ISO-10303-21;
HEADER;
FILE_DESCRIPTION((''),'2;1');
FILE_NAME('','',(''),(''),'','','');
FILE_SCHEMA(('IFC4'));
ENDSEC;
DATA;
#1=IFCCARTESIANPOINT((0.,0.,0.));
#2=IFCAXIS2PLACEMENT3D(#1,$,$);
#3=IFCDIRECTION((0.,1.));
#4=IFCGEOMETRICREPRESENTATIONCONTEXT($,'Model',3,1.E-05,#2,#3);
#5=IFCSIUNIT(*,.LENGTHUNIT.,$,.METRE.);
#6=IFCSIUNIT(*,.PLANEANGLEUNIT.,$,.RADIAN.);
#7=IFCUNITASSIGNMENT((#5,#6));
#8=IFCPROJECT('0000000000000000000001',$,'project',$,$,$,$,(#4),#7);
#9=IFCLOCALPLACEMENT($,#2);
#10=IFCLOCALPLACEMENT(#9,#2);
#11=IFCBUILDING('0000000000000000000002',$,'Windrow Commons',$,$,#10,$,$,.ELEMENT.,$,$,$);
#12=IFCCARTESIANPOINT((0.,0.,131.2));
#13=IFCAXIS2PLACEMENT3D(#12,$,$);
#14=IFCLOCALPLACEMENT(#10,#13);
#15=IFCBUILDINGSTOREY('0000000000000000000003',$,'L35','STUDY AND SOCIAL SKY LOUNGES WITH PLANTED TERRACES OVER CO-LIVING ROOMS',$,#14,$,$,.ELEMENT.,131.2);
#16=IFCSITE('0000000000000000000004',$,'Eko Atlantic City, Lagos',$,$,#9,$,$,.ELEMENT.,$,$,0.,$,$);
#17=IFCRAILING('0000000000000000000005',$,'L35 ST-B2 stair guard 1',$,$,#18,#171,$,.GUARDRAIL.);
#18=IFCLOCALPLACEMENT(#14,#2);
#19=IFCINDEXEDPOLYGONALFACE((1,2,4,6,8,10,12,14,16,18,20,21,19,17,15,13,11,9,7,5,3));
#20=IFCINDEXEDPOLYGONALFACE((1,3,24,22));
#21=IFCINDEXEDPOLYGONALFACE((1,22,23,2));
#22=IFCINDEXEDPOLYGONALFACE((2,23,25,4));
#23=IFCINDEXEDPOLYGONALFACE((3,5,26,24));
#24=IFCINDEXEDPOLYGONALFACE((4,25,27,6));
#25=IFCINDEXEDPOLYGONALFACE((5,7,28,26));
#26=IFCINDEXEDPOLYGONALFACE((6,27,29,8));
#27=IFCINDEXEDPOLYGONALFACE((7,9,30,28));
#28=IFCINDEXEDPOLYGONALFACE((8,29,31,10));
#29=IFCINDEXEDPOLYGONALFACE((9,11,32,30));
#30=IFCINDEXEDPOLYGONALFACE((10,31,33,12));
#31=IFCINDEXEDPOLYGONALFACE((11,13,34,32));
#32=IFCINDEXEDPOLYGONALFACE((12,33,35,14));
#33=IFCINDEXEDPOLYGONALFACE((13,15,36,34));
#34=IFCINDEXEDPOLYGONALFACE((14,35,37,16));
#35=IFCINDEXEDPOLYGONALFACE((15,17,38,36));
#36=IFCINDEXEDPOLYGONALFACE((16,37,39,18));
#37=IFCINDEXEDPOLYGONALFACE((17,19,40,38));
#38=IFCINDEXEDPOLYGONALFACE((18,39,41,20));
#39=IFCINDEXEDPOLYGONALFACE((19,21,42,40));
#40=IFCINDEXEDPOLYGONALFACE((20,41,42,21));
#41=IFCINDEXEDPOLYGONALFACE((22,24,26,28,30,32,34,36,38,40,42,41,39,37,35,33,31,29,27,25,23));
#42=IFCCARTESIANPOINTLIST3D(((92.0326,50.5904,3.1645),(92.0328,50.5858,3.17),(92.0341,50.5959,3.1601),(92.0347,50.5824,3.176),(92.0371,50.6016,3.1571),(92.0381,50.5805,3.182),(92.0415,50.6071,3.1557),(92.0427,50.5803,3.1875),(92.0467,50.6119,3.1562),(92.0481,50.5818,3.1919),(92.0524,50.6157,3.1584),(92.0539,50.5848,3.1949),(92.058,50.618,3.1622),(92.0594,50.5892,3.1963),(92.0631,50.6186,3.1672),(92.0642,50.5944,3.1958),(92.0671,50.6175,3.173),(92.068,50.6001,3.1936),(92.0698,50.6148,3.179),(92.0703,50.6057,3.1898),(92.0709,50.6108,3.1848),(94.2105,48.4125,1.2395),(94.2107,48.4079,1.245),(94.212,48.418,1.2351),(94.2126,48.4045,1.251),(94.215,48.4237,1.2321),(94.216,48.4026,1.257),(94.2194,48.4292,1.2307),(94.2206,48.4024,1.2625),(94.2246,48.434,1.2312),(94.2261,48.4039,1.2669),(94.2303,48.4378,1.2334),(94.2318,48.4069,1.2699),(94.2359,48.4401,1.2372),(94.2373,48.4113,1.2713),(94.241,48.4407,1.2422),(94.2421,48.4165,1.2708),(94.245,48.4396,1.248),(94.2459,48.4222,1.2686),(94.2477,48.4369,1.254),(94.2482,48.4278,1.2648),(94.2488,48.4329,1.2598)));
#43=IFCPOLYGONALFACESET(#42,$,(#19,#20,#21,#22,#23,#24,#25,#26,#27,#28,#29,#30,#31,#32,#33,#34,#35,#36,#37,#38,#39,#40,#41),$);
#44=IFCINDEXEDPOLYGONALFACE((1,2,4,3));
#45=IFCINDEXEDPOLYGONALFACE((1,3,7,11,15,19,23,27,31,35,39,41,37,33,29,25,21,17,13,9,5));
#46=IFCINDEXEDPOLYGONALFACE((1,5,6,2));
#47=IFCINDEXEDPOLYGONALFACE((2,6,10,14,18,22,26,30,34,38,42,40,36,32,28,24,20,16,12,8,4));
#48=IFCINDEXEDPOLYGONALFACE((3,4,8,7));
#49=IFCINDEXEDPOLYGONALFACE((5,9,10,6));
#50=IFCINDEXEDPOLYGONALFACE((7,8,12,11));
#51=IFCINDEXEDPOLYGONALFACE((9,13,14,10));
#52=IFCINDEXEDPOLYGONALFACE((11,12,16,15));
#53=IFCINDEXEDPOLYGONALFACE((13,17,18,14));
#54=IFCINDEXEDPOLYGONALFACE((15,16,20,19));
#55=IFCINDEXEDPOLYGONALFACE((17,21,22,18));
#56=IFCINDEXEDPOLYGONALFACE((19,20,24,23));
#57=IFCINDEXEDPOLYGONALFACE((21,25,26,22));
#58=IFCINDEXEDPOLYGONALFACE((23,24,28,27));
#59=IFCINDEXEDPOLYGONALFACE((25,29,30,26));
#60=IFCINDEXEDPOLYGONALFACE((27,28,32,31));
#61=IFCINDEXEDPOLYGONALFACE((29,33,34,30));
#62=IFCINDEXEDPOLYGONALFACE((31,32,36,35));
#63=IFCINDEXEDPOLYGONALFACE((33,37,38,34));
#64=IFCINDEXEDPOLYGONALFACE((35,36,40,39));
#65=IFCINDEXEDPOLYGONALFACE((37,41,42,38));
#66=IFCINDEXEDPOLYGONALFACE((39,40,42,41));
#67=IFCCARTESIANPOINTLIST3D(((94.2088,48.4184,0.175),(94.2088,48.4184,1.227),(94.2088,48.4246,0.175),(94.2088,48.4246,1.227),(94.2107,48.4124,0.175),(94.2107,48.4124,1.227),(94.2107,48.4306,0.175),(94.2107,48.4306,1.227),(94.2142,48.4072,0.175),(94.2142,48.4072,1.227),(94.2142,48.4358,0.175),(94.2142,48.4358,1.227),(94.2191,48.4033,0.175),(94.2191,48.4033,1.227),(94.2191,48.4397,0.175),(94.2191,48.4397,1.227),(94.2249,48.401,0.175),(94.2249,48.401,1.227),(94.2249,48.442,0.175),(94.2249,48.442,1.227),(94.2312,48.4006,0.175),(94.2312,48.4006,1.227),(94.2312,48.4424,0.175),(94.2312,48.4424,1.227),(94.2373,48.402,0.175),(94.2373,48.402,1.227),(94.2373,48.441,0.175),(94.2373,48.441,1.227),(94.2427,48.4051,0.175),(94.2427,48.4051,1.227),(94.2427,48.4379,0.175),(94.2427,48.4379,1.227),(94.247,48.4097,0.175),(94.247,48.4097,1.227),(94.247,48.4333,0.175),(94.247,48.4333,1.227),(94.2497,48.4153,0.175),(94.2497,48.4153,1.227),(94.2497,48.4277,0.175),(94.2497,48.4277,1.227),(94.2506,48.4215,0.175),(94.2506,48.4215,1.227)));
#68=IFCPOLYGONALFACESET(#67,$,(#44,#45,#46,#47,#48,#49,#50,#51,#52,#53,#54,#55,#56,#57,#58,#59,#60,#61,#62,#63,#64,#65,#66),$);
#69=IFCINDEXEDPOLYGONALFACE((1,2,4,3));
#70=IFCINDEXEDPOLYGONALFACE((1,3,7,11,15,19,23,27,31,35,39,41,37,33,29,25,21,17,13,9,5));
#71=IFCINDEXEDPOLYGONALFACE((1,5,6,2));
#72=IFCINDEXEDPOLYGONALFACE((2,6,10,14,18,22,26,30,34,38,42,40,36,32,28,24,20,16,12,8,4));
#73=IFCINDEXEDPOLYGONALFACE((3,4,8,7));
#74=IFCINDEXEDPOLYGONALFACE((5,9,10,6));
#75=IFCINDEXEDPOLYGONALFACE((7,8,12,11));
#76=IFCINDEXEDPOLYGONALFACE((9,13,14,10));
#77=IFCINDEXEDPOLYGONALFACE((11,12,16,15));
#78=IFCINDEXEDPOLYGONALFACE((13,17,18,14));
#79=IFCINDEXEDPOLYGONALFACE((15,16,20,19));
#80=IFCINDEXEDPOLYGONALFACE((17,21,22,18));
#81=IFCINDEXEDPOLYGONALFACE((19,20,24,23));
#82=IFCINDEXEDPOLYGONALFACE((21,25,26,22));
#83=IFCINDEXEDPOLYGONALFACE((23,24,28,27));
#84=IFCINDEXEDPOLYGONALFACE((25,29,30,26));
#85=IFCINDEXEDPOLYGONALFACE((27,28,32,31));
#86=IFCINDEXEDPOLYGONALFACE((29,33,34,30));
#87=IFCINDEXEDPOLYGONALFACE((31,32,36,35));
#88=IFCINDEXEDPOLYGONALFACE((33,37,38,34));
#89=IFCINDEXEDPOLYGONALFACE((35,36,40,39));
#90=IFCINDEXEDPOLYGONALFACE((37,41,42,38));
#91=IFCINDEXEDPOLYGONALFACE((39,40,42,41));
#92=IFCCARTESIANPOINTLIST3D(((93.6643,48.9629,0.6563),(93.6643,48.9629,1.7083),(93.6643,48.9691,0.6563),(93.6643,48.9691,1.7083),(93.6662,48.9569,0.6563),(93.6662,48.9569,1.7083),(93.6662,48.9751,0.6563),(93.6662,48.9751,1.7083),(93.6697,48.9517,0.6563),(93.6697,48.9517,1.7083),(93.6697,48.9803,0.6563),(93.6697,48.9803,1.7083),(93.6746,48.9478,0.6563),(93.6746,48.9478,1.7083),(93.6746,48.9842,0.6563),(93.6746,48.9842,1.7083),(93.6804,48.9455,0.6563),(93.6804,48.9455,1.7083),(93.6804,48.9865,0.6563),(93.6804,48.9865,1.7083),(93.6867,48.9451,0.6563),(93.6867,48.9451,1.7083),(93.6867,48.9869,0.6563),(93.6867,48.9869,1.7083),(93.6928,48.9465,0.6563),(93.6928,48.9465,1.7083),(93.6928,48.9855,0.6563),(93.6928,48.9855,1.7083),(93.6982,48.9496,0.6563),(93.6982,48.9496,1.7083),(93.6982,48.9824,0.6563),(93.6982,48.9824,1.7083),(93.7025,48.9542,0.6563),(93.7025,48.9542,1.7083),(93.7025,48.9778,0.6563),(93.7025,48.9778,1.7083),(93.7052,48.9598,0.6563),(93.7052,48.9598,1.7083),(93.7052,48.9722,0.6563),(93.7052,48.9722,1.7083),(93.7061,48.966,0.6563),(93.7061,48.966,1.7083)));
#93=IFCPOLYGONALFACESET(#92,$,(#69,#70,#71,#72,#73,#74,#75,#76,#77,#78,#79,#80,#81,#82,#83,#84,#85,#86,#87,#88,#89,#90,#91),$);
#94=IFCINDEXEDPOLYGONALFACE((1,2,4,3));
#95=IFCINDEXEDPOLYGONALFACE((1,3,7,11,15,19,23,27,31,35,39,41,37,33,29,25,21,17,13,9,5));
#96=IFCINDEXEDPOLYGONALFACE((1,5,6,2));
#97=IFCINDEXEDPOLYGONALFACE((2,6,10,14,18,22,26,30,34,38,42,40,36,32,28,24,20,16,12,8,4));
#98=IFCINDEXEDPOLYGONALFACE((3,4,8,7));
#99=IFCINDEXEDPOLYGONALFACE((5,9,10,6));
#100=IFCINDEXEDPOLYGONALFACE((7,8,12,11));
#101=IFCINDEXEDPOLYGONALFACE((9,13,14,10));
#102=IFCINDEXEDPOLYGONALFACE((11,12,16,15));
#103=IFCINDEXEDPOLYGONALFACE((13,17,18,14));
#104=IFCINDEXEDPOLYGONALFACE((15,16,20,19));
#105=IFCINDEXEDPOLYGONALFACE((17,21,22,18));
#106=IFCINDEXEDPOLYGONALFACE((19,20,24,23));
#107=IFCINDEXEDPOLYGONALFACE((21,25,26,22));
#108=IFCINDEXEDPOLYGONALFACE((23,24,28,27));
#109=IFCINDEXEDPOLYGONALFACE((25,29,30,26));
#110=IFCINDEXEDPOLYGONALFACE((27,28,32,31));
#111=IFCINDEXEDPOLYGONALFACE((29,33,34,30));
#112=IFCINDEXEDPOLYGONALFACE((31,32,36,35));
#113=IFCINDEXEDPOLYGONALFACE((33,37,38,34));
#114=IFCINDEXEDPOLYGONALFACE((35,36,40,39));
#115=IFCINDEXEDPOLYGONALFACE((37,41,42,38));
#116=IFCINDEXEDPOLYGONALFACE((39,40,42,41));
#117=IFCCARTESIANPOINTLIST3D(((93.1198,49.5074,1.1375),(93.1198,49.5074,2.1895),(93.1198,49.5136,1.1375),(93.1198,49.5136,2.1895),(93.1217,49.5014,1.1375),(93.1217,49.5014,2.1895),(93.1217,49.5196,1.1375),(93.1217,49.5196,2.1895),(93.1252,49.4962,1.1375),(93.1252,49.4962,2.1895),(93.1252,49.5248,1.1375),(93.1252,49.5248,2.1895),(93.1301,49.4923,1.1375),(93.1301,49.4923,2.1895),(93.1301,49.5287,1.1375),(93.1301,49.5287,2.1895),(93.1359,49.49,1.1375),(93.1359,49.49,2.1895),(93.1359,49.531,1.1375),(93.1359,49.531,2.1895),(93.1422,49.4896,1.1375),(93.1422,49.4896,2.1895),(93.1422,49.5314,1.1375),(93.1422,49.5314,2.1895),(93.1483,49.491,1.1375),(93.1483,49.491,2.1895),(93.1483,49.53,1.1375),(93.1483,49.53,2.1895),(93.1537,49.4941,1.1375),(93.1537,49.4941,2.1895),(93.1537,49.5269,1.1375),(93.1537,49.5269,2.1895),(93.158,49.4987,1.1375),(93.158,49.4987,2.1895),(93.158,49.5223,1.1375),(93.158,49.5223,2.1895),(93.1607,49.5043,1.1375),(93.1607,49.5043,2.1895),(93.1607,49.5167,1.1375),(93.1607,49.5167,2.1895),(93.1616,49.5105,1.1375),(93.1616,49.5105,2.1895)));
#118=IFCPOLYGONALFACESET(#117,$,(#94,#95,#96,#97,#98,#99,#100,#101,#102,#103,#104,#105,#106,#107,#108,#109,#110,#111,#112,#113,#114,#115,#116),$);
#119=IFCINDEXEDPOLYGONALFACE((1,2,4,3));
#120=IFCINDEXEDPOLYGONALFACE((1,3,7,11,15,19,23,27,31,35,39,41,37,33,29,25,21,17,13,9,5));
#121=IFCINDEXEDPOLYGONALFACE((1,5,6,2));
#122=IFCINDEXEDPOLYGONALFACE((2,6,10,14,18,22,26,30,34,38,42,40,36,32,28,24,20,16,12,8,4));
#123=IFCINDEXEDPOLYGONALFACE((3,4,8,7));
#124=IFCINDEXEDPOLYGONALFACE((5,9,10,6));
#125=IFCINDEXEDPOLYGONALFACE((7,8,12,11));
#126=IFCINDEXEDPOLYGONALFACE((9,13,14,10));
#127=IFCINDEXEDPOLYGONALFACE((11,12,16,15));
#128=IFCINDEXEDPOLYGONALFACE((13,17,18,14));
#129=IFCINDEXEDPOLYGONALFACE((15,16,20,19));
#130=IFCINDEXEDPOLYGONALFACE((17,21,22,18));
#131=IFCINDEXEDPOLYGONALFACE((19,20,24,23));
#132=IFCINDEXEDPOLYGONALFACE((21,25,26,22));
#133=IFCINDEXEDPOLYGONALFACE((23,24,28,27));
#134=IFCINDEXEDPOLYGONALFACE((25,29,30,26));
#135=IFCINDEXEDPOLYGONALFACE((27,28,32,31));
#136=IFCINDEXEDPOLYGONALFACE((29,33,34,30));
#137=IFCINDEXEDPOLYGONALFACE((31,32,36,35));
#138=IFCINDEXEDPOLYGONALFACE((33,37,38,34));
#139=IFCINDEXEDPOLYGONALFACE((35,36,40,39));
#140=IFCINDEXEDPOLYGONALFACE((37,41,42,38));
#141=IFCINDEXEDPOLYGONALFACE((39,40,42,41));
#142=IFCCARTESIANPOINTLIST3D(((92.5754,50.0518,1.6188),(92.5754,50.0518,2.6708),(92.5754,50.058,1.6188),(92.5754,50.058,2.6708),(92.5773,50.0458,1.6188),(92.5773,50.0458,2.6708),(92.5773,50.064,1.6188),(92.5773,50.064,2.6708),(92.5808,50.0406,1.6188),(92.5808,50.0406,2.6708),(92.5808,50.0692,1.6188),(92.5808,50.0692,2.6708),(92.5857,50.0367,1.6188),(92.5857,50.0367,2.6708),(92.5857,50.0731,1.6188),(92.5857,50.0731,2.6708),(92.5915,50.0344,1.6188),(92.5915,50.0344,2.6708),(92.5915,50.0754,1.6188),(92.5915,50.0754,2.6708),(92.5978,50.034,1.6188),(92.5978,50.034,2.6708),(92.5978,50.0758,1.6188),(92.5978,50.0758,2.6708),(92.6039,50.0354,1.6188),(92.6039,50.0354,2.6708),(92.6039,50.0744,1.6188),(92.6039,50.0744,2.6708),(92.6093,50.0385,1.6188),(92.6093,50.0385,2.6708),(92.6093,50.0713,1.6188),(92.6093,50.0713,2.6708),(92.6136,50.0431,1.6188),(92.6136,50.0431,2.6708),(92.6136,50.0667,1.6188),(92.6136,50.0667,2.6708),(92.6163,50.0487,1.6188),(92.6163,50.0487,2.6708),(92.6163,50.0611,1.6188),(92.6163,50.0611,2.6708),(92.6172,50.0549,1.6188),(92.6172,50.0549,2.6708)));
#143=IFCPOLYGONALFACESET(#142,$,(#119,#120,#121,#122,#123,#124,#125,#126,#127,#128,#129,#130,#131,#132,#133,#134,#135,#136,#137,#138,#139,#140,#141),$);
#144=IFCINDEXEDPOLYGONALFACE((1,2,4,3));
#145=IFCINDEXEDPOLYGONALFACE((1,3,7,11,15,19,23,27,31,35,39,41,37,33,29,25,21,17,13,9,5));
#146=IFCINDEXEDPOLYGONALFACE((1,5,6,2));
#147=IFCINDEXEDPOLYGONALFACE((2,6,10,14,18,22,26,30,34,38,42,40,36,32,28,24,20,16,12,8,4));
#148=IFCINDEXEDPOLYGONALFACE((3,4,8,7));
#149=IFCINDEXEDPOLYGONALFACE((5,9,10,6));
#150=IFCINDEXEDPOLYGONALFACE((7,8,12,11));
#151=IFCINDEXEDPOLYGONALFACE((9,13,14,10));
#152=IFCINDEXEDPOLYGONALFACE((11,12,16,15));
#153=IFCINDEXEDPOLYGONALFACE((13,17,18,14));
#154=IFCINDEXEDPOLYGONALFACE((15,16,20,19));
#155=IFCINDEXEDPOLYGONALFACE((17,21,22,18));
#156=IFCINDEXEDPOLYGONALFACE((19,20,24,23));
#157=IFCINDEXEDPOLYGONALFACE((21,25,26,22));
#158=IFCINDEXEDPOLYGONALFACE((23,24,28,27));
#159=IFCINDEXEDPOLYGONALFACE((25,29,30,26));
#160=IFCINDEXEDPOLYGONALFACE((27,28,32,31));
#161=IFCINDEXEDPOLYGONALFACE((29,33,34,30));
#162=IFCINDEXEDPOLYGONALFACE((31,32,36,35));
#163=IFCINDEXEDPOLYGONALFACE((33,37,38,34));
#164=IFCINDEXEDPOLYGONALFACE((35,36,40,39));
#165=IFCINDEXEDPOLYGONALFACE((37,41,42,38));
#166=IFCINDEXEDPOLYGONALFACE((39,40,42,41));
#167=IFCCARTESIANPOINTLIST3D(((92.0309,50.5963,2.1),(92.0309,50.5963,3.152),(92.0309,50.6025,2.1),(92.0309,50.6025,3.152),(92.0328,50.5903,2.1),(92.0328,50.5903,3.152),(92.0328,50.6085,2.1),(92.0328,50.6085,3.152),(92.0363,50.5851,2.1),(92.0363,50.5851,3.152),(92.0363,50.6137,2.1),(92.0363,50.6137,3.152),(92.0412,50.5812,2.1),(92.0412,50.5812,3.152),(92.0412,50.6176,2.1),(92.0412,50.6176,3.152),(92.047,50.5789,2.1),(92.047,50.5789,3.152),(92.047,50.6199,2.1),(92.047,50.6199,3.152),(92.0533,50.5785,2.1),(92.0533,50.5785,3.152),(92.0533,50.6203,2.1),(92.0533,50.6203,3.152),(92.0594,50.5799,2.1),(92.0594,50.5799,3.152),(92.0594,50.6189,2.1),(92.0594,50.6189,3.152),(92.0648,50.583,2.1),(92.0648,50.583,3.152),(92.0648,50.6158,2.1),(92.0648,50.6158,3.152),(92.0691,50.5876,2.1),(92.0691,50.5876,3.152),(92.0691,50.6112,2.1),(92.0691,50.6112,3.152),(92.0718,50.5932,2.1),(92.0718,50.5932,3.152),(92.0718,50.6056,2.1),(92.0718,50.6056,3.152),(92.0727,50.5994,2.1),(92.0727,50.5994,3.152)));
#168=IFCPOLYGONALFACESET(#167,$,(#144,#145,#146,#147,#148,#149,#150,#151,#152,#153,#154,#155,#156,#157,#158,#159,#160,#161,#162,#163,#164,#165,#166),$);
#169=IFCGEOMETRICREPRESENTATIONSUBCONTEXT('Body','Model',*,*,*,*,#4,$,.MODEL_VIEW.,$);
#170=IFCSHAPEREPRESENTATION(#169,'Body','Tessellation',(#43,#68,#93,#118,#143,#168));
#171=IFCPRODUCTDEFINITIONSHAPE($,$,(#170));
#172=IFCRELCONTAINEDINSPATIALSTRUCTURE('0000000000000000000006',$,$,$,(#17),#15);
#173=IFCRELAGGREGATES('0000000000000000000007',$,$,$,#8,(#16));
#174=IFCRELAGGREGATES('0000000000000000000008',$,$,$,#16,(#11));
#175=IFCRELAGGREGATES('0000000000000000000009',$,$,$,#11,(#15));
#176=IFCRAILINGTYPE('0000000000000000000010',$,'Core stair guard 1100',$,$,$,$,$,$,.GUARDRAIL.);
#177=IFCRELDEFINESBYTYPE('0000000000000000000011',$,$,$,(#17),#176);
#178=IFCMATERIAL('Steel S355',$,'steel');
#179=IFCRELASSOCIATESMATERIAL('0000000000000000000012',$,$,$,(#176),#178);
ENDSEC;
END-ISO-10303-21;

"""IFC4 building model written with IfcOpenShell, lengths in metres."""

from ifc_helpers import new_model, si_unit, direction, frame, origin, origin_2d, place, context, subcontext, project, spatial, circle, extrude, material, type_object, element, save


model = new_model("IFC4")

# Units and contexts
model_context = context("Model", 3, precision=1e-05, world=origin(), true_north=direction((0.0, 1.0)))
body_context = subcontext(model_context, "Body", "Model", "MODEL_VIEW")
ifc_project = project(units=[si_unit("LENGTHUNIT", "METRE"), si_unit("PLANEANGLEUNIT", "RADIAN")], contexts=[model_context])

# Site, building, storey
site_placement = place(None, origin())
site = spatial("IfcSite", under=ifc_project, at=site_placement, Name="Eko Atlantic City, Lagos", CompositionType="ELEMENT", RefElevation=0.0)
building_placement = place(site_placement, origin())
building = spatial("IfcBuilding", under=site, at=building_placement, Name="Windrow Commons", CompositionType="ELEMENT")
storey_placement = place(building_placement, frame((0.0, 0.0, 131.2)))
storey = spatial("IfcBuildingStorey", under=building, at=storey_placement, Name="L35", Description="STUDY AND SOCIAL SKY LOUNGES WITH PLANTED TERRACES OVER CO-LIVING ROOMS", CompositionType="ELEMENT", Elevation=131.2)

# Railing
ifc_material_1 = material(Name="Steel S355", Category="steel")
railing_type_1 = type_object("IfcRailingType", Name="Core stair guard 1100", PredefinedType="GUARDRAIL", material=ifc_material_1)
railing_1_placement = place(storey_placement, frame((94.2296, 48.4215, 0.175)))
element("IfcRailing", 1, at=railing_1_placement, inside=storey, type_object=railing_type_1, Name="L35 ST-B2 stair guard 1", PredefinedType="GUARDRAIL", context=body_context, shape_type="SweptSolid", body=[
    extrude(circle(Radius=0.024, at=origin_2d()), frame((0.0, 0.0, 1.076), z_axis=(-0.599626, 0.599626, 0.529997), x_axis=(-0.707107, -0.707107, 0.0)), (0.0, 0.0, 1.0), 3.6321),
    extrude(circle(Radius=0.021, at=origin_2d()), origin(), (0.0, 0.0, 1.0), 1.052),
    extrude(circle(Radius=0.021, at=origin_2d()), frame((-0.5445, 0.5445, 0.4813)), (0.0, 0.0, 1.0), 1.052),
    extrude(circle(Radius=0.021, at=origin_2d()), frame((-1.089, 1.089, 0.9625)), (0.0, 0.0, 1.0), 1.052),
    extrude(circle(Radius=0.021, at=origin_2d()), frame((-1.6334, 1.6334, 1.4438)), (0.0, 0.0, 1.0), 1.052),
    extrude(circle(Radius=0.021, at=origin_2d()), frame((-2.1779, 2.1779, 1.925)), (0.0, 0.0, 1.0), 1.052),
])

save(model, "model.ifc")
